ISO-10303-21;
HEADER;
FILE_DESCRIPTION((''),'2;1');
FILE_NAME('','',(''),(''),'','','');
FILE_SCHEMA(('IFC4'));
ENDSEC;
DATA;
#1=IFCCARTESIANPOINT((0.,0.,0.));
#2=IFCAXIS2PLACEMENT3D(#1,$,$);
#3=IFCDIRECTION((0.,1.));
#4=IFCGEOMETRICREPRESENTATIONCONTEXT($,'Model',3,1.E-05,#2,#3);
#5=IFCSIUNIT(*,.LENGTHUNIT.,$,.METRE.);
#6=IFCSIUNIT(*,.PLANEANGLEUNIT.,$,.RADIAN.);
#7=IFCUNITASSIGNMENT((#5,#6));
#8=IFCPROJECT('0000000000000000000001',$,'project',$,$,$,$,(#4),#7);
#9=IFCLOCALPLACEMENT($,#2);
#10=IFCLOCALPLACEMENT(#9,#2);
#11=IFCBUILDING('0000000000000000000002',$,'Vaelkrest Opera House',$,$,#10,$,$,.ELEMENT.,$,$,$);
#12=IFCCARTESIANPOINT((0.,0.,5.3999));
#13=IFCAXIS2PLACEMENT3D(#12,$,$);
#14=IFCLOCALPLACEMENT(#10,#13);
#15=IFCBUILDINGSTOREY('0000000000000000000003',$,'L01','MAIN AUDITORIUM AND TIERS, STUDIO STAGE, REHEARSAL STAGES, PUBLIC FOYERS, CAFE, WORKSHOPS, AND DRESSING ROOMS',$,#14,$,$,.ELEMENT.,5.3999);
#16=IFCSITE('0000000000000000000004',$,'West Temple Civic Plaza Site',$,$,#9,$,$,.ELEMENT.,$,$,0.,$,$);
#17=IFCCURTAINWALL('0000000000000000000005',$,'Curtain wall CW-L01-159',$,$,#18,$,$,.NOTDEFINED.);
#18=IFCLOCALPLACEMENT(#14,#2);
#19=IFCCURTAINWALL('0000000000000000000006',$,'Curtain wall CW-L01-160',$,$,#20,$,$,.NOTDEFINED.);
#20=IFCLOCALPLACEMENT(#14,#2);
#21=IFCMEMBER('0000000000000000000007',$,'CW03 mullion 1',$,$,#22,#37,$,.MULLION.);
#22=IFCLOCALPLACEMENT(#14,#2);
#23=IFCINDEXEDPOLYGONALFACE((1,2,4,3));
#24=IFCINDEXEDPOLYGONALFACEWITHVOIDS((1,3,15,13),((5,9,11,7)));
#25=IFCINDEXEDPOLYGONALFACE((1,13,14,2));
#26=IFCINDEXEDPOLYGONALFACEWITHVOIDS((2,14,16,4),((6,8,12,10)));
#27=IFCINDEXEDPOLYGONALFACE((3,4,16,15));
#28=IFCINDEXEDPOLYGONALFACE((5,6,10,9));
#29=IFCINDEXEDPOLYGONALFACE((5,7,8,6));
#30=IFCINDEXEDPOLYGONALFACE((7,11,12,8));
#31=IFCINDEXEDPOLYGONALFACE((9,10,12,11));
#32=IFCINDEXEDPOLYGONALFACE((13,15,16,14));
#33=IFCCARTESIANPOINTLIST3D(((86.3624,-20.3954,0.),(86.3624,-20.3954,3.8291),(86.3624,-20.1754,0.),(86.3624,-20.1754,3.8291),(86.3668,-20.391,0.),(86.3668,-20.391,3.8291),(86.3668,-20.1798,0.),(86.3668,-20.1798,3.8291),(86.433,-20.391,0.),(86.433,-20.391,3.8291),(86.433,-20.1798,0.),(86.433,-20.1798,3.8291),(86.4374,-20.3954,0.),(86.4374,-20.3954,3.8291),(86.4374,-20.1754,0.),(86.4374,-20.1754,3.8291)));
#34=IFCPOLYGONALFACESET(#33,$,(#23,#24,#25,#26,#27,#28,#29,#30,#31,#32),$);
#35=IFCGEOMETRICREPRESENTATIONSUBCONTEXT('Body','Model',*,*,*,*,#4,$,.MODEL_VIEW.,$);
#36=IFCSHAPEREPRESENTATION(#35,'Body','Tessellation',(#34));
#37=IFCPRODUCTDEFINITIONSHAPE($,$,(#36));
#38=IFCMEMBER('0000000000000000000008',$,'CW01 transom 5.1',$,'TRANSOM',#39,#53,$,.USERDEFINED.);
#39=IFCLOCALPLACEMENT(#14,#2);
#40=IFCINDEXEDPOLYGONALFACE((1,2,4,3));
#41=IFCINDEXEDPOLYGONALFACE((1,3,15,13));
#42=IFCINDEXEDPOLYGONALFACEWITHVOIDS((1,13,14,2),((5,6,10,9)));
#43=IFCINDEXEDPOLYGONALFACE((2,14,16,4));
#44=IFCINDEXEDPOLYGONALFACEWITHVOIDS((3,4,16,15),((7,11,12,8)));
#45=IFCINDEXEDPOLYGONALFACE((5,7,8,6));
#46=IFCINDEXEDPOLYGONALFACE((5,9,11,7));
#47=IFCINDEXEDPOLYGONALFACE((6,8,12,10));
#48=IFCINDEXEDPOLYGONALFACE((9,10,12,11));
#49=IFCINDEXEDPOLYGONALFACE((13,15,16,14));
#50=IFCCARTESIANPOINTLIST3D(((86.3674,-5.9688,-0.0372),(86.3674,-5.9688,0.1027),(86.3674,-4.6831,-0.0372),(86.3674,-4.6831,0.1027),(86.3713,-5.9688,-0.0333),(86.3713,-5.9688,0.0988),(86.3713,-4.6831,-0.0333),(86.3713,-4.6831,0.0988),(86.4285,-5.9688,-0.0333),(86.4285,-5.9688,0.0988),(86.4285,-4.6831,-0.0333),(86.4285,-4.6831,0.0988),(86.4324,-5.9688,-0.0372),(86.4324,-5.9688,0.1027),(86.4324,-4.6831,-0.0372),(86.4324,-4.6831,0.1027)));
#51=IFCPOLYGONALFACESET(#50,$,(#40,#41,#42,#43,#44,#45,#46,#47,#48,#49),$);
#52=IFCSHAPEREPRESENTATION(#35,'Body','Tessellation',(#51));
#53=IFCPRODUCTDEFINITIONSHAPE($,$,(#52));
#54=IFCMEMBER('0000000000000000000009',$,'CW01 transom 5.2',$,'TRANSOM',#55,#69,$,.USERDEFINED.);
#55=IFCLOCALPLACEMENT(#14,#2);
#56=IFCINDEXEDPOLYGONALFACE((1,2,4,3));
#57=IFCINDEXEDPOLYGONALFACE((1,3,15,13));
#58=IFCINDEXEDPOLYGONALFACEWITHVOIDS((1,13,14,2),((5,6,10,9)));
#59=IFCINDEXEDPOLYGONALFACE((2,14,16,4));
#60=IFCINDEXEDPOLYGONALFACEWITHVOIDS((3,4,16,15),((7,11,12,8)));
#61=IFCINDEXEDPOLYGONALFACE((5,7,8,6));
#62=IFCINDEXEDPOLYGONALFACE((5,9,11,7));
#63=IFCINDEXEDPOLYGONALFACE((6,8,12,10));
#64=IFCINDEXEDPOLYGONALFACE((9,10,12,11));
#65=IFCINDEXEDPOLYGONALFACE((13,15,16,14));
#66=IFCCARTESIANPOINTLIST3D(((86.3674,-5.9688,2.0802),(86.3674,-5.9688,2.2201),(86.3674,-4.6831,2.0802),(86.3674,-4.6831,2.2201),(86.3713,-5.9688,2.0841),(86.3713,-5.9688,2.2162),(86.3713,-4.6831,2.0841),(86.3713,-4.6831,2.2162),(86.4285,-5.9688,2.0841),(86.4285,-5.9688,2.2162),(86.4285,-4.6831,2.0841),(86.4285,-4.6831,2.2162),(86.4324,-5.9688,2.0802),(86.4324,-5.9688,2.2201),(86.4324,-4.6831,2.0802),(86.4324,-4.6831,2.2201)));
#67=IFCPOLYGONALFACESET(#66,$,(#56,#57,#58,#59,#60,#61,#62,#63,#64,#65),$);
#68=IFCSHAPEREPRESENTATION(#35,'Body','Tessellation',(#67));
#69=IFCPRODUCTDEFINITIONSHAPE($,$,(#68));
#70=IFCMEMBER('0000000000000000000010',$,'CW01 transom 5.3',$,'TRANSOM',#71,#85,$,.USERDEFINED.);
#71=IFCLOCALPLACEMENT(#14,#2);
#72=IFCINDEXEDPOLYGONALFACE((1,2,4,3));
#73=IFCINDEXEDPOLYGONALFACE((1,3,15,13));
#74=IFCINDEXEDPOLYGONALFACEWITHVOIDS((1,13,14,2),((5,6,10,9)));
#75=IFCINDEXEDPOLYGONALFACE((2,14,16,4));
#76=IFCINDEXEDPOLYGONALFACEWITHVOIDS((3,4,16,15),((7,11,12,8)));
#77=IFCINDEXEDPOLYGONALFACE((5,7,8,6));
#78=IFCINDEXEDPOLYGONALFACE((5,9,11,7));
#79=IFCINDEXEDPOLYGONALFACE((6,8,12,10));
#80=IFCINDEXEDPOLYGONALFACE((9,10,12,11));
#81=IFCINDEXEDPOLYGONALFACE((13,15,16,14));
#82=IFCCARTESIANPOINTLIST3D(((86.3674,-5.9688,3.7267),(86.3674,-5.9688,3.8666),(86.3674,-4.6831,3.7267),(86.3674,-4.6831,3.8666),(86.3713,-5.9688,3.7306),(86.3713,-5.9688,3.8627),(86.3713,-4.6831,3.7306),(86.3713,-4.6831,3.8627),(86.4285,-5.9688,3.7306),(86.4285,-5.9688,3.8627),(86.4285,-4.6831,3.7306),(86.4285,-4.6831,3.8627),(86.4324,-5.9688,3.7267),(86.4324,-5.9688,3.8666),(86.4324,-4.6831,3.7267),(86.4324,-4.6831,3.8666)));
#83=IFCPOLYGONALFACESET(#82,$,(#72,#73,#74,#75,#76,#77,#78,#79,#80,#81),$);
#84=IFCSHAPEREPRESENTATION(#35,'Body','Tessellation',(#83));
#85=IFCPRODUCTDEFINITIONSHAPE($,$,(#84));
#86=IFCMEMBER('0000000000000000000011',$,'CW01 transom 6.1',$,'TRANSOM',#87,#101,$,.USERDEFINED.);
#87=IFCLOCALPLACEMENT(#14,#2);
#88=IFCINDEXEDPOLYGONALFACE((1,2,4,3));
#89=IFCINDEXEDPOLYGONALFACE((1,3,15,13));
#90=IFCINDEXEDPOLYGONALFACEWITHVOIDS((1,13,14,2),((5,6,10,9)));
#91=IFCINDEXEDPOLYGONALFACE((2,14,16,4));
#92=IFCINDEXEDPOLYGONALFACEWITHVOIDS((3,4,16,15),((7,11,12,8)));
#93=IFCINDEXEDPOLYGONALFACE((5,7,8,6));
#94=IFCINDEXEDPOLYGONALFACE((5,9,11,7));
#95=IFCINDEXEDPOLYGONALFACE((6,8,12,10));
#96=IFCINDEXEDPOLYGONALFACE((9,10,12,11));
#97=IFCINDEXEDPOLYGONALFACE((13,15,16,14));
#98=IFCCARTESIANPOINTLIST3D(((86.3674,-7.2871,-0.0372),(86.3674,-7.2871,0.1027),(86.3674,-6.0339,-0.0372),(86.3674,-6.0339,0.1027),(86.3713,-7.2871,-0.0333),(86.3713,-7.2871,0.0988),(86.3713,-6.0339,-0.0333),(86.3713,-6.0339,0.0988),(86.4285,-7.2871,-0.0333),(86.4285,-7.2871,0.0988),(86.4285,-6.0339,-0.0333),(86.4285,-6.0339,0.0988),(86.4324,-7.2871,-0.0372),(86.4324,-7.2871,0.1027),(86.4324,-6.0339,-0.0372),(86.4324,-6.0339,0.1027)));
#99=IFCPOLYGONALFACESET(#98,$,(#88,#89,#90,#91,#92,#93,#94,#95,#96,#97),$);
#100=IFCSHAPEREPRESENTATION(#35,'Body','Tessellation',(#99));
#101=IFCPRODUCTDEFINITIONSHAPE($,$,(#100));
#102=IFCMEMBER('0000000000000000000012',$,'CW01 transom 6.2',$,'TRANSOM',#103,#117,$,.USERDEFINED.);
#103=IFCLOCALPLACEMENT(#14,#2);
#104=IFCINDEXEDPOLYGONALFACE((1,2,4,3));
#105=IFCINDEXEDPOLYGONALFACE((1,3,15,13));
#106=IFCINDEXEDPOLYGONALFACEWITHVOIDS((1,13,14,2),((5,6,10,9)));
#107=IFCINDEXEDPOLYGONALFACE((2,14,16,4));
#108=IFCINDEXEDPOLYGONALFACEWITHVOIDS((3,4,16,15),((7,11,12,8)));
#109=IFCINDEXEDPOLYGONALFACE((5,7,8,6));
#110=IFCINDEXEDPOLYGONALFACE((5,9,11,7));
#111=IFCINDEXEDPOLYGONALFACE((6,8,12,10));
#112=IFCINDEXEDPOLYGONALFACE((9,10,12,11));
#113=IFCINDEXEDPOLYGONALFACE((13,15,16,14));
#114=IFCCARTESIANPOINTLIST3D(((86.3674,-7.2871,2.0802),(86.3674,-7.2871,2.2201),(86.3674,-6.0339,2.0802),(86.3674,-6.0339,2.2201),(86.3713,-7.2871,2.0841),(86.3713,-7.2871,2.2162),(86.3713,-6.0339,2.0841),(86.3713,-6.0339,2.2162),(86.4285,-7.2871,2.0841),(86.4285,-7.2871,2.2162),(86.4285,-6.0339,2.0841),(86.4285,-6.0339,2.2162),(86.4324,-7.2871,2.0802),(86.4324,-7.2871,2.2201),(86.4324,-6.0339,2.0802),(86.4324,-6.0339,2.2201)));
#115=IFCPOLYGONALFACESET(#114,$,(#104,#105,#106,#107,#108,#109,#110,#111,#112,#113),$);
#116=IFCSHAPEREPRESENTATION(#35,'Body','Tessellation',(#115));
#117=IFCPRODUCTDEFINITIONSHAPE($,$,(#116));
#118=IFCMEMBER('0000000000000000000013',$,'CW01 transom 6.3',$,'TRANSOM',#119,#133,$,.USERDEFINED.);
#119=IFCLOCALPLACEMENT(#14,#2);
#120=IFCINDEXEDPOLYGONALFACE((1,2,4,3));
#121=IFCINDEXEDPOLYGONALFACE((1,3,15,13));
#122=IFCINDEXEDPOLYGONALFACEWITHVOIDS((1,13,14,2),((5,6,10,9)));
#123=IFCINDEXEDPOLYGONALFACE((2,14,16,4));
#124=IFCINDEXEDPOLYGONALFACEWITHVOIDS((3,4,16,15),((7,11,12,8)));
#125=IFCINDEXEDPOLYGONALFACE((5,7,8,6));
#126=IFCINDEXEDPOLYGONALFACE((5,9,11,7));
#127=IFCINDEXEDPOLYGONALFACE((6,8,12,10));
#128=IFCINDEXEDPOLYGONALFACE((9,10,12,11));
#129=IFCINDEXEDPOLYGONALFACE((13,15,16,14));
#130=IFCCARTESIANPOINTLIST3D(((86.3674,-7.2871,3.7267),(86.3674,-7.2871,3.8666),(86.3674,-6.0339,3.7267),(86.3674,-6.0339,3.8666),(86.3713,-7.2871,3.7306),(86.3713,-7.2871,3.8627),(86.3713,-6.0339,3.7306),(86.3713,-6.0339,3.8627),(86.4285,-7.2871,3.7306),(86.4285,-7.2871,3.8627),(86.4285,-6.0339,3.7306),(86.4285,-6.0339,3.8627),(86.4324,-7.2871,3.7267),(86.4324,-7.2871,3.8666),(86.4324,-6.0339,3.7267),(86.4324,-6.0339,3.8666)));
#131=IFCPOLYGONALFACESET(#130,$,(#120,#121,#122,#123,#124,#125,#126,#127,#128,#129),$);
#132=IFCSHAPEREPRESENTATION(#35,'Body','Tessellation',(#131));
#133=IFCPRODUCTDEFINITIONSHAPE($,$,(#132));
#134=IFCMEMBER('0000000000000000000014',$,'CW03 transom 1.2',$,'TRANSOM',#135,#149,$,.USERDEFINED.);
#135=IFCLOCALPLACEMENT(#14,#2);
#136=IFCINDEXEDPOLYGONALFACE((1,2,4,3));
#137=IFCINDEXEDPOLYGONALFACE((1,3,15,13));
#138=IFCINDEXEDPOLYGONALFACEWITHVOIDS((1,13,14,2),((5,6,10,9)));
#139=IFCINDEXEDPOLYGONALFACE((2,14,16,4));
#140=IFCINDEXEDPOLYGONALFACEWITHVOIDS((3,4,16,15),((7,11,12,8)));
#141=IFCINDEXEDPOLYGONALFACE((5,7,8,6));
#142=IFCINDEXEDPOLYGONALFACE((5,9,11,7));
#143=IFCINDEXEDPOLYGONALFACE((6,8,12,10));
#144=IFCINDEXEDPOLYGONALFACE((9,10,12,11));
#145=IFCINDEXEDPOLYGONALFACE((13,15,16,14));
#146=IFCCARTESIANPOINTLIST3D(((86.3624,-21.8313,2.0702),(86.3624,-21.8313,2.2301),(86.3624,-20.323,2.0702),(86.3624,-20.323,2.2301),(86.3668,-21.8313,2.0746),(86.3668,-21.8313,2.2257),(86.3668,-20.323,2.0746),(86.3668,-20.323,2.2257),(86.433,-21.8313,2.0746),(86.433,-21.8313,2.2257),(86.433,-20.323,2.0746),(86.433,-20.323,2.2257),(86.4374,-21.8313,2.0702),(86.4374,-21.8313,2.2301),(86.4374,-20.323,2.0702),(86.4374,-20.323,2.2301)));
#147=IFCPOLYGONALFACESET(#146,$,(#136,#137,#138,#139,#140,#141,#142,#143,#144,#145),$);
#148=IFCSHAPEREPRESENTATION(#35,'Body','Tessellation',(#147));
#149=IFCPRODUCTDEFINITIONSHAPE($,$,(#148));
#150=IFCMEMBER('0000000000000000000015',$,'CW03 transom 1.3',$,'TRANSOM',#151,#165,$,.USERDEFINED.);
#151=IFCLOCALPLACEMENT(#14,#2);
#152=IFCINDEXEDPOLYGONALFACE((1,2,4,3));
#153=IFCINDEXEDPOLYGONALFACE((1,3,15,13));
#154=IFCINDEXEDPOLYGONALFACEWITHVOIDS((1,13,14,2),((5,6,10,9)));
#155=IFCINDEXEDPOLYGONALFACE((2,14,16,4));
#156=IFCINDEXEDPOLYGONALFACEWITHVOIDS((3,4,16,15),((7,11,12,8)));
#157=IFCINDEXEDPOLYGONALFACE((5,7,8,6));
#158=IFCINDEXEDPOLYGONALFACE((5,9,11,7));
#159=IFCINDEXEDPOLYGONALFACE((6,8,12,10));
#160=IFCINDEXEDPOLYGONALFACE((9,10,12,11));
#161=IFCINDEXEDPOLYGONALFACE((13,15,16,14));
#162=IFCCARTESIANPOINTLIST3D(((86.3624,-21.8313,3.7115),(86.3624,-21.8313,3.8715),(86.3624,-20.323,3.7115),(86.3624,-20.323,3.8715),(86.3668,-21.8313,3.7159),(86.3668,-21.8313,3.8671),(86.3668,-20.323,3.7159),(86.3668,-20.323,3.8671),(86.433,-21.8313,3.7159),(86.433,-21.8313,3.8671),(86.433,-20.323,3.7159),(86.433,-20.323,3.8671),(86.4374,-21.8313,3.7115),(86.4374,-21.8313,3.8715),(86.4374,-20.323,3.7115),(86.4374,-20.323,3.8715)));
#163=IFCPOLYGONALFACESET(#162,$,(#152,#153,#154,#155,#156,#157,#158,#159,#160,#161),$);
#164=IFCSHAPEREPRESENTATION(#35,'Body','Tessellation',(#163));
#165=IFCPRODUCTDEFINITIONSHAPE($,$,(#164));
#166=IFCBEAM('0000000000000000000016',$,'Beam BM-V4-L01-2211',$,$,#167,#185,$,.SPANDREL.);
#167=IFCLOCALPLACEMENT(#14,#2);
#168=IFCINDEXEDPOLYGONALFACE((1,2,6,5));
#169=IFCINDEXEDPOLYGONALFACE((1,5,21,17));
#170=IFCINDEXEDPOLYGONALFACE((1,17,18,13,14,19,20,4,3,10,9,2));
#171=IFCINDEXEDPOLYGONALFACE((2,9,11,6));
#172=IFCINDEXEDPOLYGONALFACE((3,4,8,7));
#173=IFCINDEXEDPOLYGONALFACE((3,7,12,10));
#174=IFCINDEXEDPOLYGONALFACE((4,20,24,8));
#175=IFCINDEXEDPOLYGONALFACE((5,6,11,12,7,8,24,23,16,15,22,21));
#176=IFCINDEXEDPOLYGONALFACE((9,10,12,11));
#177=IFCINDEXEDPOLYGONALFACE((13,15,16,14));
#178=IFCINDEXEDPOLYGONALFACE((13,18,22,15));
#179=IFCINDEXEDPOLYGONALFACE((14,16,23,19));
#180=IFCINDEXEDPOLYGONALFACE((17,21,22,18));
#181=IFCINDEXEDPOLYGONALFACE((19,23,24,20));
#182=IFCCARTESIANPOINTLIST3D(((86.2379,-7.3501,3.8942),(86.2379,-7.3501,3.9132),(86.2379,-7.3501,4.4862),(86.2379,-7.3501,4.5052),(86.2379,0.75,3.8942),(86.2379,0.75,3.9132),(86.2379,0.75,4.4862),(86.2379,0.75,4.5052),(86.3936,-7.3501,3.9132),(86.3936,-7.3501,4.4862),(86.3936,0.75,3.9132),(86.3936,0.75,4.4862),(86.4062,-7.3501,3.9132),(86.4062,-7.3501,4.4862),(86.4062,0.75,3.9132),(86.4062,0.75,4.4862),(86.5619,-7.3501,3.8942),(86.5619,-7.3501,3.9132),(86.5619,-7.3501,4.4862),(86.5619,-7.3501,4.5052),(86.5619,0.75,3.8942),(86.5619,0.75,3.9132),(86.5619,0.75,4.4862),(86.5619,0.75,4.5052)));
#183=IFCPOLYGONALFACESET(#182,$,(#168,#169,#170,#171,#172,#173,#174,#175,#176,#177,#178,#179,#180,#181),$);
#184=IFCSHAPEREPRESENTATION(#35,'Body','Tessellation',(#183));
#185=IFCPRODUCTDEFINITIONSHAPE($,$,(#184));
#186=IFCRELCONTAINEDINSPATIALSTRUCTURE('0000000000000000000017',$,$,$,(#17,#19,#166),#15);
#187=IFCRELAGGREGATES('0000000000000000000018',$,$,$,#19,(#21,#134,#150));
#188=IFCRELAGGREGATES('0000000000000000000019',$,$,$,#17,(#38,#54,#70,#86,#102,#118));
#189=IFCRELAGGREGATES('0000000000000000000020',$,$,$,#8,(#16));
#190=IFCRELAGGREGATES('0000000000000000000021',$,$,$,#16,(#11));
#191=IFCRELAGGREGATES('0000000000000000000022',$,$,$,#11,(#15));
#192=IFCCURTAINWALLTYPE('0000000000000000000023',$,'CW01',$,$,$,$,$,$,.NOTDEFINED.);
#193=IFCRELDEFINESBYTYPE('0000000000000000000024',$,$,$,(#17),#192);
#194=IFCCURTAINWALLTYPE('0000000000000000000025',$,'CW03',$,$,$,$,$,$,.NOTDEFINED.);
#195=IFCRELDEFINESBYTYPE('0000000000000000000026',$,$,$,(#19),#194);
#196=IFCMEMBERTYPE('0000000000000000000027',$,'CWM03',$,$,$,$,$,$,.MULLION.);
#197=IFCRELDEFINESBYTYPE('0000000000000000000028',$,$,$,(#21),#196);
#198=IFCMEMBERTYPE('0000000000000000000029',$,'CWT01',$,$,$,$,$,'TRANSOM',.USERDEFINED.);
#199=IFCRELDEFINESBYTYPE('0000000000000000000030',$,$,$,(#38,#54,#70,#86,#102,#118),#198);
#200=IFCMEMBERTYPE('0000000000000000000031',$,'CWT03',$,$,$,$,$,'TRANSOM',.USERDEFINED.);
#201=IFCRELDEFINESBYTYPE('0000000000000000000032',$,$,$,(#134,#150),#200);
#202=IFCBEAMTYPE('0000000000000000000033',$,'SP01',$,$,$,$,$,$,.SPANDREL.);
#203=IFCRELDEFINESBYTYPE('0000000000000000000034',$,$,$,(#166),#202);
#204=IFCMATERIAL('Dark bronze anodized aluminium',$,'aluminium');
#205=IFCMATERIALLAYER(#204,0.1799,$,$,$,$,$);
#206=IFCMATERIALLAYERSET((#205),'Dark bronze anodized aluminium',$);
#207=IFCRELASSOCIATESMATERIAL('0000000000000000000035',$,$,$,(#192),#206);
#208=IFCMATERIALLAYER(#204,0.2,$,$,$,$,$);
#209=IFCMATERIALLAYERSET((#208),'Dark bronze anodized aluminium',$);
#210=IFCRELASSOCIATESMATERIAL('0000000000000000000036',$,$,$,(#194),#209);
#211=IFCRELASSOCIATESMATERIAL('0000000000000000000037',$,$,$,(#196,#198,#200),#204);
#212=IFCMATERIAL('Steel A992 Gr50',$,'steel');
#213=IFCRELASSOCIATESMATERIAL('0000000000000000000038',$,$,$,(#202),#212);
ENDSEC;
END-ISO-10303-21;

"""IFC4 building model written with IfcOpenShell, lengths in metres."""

from ifc_helpers import new_model, si_unit, direction, frame, origin, origin_2d, place, context, subcontext, project, spatial, hollow_rectangle, i_section, extrude, material, layer, layer_set, material_profile, profile_set, type_object, element, aggregate, save


model = new_model("IFC4")

# Units and contexts
model_context = context("Model", 3, precision=1e-05, world=origin(), true_north=direction((0.0, 1.0)))
body_context = subcontext(model_context, "Body", "Model", "MODEL_VIEW")
ifc_project = project(units=[si_unit("LENGTHUNIT", "METRE"), si_unit("PLANEANGLEUNIT", "RADIAN")], contexts=[model_context])

# Site, building, storey
site_placement = place(None, origin())
site = spatial("IfcSite", under=ifc_project, at=site_placement, Name="West Temple Civic Plaza Site", CompositionType="ELEMENT", RefElevation=0.0)
building_placement = place(site_placement, origin())
building = spatial("IfcBuilding", under=site, at=building_placement, Name="Vaelkrest Opera House", CompositionType="ELEMENT")
storey_placement = place(building_placement, frame((0.0, 0.0, 5.3999)))
storey = spatial("IfcBuildingStorey", under=building, at=storey_placement, Name="L01", Description="MAIN AUDITORIUM AND TIERS, STUDIO STAGE, REHEARSAL STAGES, PUBLIC FOYERS, CAFE, WORKSHOPS, AND DRESSING ROOMS", CompositionType="ELEMENT", Elevation=5.3999)

# Shared definitions
ifc_material_1 = material(Name="Steel A992 Gr50", Category="steel")

# Curtain wall
ifc_material_2 = material(Name="Dark bronze anodized aluminium", Category="aluminium")
ifc_layer_1 = layer(ifc_material_2, 0.1799)
ifc_layer_set_1 = layer_set([ifc_layer_1], Name="Dark bronze anodized aluminium")
curtain_wall_type_1 = type_object("IfcCurtainWallType", Name="CW01", PredefinedType="NOTDEFINED", material=ifc_layer_set_1)
curtain_wall_1_placement = place(storey_placement, origin())
curtain_wall_1 = element("IfcCurtainWall", 1, at=curtain_wall_1_placement, inside=storey, type_object=curtain_wall_type_1, Name="Curtain wall CW-L01-159", PredefinedType="NOTDEFINED")

# Curtain wall, member
ifc_layer_2 = layer(ifc_material_2, 0.2)
ifc_layer_set_2 = layer_set([ifc_layer_2], Name="Dark bronze anodized aluminium")
curtain_wall_type_2 = type_object("IfcCurtainWallType", Name="CW03", PredefinedType="NOTDEFINED", material=ifc_layer_set_2)
curtain_wall_2_placement = place(storey_placement, origin())
curtain_wall_2 = element("IfcCurtainWall", 2, at=curtain_wall_2_placement, inside=storey, type_object=curtain_wall_type_2, Name="Curtain wall CW-L01-160", PredefinedType="NOTDEFINED")
ifc_material_profile_1 = material_profile(ifc_material_2, hollow_rectangle(XDim=0.075, YDim=0.22, WallThickness=0.0044, at=origin_2d()), Name="CWM75X220")
ifc_profile_set_1 = profile_set([ifc_material_profile_1], Name="Dark bronze anodized aluminium")
member_type_1 = type_object("IfcMemberType", Name="CWM03", PredefinedType="MULLION", material=ifc_profile_set_1)
member_1_placement = place(storey_placement, frame((86.3999, -20.2854, 0.0), z_axis=(0.0, 0.0, 1.0), x_axis=(1.0, 0.0, 0.0)))
member_1 = element("IfcMember", 3, at=member_1_placement, type_object=member_type_1, Name="CW03 mullion 1", PredefinedType="MULLION", context=body_context, shape_type="SweptSolid", body=[
    extrude(hollow_rectangle(XDim=0.075, YDim=0.22, WallThickness=0.0044, at=origin_2d()), origin(), (0.0, 0.0, 1.0), 3.8291),
])

# Members
ifc_material_profile_2 = material_profile(ifc_material_2, hollow_rectangle(XDim=0.0649, YDim=0.1399, WallThickness=0.0039, at=origin_2d()), Name="CWT65X140")
ifc_profile_set_2 = profile_set([ifc_material_profile_2], Name="Dark bronze anodized aluminium")
member_type_2 = type_object("IfcMemberType", Name="CWT01", ElementType="TRANSOM", PredefinedType="USERDEFINED", material=ifc_profile_set_2)
member_2_placement = place(storey_placement, frame((86.3999, -4.6831, 0.0327), z_axis=(0.0, -1.0, 0.0), x_axis=(1.0, 0.0, 0.0)))
member_2 = element("IfcMember", 4, at=member_2_placement, type_object=member_type_2, Name="CW01 transom 5.1", ObjectType="TRANSOM", PredefinedType="USERDEFINED", context=body_context, shape_type="SweptSolid", body=[
    extrude(hollow_rectangle(XDim=0.0649, YDim=0.1399, WallThickness=0.0039, at=origin_2d()), origin(), (0.0, 0.0, 1.0), 1.2856),
])
member_3_placement = place(storey_placement, frame((86.3999, -4.6831, 2.1501), z_axis=(0.0, -1.0, 0.0), x_axis=(1.0, 0.0, 0.0)))
member_3 = element("IfcMember", 5, at=member_3_placement, type_object=member_type_2, Name="CW01 transom 5.2", ObjectType="TRANSOM", PredefinedType="USERDEFINED", context=body_context, shape_type="SweptSolid", body=[
    extrude(hollow_rectangle(XDim=0.0649, YDim=0.1399, WallThickness=0.0039, at=origin_2d()), origin(), (0.0, 0.0, 1.0), 1.2856),
])
member_4_placement = place(storey_placement, frame((86.3999, -4.6831, 3.7966), z_axis=(0.0, -1.0, 0.0), x_axis=(1.0, 0.0, 0.0)))
member_4 = element("IfcMember", 6, at=member_4_placement, type_object=member_type_2, Name="CW01 transom 5.3", ObjectType="TRANSOM", PredefinedType="USERDEFINED", context=body_context, shape_type="SweptSolid", body=[
    extrude(hollow_rectangle(XDim=0.0649, YDim=0.1399, WallThickness=0.0039, at=origin_2d()), origin(), (0.0, 0.0, 1.0), 1.2856),
])
member_5_placement = place(storey_placement, frame((86.3999, -6.0339, 0.0327), z_axis=(0.0, -1.0, 0.0), x_axis=(1.0, 0.0, 0.0)))
member_5 = element("IfcMember", 7, at=member_5_placement, type_object=member_type_2, Name="CW01 transom 6.1", ObjectType="TRANSOM", PredefinedType="USERDEFINED", context=body_context, shape_type="SweptSolid", body=[
    extrude(hollow_rectangle(XDim=0.0649, YDim=0.1399, WallThickness=0.0039, at=origin_2d()), origin(), (0.0, 0.0, 1.0), 1.2532),
])
member_6_placement = place(storey_placement, frame((86.3999, -6.0339, 2.1501), z_axis=(0.0, -1.0, 0.0), x_axis=(1.0, 0.0, 0.0)))
member_6 = element("IfcMember", 8, at=member_6_placement, type_object=member_type_2, Name="CW01 transom 6.2", ObjectType="TRANSOM", PredefinedType="USERDEFINED", context=body_context, shape_type="SweptSolid", body=[
    extrude(hollow_rectangle(XDim=0.0649, YDim=0.1399, WallThickness=0.0039, at=origin_2d()), origin(), (0.0, 0.0, 1.0), 1.2532),
])
member_7_placement = place(storey_placement, frame((86.3999, -6.0339, 3.7966), z_axis=(0.0, -1.0, 0.0), x_axis=(1.0, 0.0, 0.0)))
member_7 = element("IfcMember", 9, at=member_7_placement, type_object=member_type_2, Name="CW01 transom 6.3", ObjectType="TRANSOM", PredefinedType="USERDEFINED", context=body_context, shape_type="SweptSolid", body=[
    extrude(hollow_rectangle(XDim=0.0649, YDim=0.1399, WallThickness=0.0039, at=origin_2d()), origin(), (0.0, 0.0, 1.0), 1.2532),
])
ifc_material_profile_3 = material_profile(ifc_material_2, hollow_rectangle(XDim=0.075, YDim=0.1599, WallThickness=0.0044, at=origin_2d()), Name="CWT75X160")
ifc_profile_set_3 = profile_set([ifc_material_profile_3], Name="Dark bronze anodized aluminium")
member_type_3 = type_object("IfcMemberType", Name="CWT03", ElementType="TRANSOM", PredefinedType="USERDEFINED", material=ifc_profile_set_3)
member_8_placement = place(storey_placement, frame((86.3999, -20.323, 2.1501), z_axis=(0.0, -1.0, 0.0), x_axis=(1.0, 0.0, 0.0)))
member_8 = element("IfcMember", 10, at=member_8_placement, type_object=member_type_3, Name="CW03 transom 1.2", ObjectType="TRANSOM", PredefinedType="USERDEFINED", context=body_context, shape_type="SweptSolid", body=[
    extrude(hollow_rectangle(XDim=0.075, YDim=0.1599, WallThickness=0.0044, at=origin_2d()), origin(), (0.0, 0.0, 1.0), 1.5083),
])
member_9_placement = place(storey_placement, frame((86.3999, -20.323, 3.7915), z_axis=(0.0, -1.0, 0.0), x_axis=(1.0, 0.0, 0.0)))
member_9 = element("IfcMember", 11, at=member_9_placement, type_object=member_type_3, Name="CW03 transom 1.3", ObjectType="TRANSOM", PredefinedType="USERDEFINED", context=body_context, shape_type="SweptSolid", body=[
    extrude(hollow_rectangle(XDim=0.075, YDim=0.1599, WallThickness=0.0044, at=origin_2d()), origin(), (0.0, 0.0, 1.0), 1.5083),
])
aggregate(curtain_wall_2, [member_1, member_8, member_9])

# Beam
ifc_material_profile_4 = material_profile(ifc_material_1, i_section(OverallWidth=0.324, OverallDepth=0.6111, WebThickness=0.0127, FlangeThickness=0.019, at=origin_2d()), Name="W24X104")
ifc_profile_set_4 = profile_set([ifc_material_profile_4], Name="Steel A992 Gr50")
beam_type_1 = type_object("IfcBeamType", Name="SP01", PredefinedType="SPANDREL", material=ifc_profile_set_4)
beam_1_placement = place(storey_placement, frame((86.3999, -7.3501, 4.1997), z_axis=(0.0, 1.0, 0.0), x_axis=(-1.0, 0.0, 0.0)))
element("IfcBeam", 12, at=beam_1_placement, inside=storey, type_object=beam_type_1, Name="Beam BM-V4-L01-2211", PredefinedType="SPANDREL", context=body_context, shape_type="SweptSolid", body=[
    extrude(i_section(OverallWidth=0.324, OverallDepth=0.6111, WebThickness=0.0127, FlangeThickness=0.019, at=origin_2d()), origin(), (0.0, 0.0, 1.0), 8.1001),
])

aggregate(curtain_wall_1, [member_2, member_3, member_4, member_5, member_6, member_7])

save(model, "model.ifc")
